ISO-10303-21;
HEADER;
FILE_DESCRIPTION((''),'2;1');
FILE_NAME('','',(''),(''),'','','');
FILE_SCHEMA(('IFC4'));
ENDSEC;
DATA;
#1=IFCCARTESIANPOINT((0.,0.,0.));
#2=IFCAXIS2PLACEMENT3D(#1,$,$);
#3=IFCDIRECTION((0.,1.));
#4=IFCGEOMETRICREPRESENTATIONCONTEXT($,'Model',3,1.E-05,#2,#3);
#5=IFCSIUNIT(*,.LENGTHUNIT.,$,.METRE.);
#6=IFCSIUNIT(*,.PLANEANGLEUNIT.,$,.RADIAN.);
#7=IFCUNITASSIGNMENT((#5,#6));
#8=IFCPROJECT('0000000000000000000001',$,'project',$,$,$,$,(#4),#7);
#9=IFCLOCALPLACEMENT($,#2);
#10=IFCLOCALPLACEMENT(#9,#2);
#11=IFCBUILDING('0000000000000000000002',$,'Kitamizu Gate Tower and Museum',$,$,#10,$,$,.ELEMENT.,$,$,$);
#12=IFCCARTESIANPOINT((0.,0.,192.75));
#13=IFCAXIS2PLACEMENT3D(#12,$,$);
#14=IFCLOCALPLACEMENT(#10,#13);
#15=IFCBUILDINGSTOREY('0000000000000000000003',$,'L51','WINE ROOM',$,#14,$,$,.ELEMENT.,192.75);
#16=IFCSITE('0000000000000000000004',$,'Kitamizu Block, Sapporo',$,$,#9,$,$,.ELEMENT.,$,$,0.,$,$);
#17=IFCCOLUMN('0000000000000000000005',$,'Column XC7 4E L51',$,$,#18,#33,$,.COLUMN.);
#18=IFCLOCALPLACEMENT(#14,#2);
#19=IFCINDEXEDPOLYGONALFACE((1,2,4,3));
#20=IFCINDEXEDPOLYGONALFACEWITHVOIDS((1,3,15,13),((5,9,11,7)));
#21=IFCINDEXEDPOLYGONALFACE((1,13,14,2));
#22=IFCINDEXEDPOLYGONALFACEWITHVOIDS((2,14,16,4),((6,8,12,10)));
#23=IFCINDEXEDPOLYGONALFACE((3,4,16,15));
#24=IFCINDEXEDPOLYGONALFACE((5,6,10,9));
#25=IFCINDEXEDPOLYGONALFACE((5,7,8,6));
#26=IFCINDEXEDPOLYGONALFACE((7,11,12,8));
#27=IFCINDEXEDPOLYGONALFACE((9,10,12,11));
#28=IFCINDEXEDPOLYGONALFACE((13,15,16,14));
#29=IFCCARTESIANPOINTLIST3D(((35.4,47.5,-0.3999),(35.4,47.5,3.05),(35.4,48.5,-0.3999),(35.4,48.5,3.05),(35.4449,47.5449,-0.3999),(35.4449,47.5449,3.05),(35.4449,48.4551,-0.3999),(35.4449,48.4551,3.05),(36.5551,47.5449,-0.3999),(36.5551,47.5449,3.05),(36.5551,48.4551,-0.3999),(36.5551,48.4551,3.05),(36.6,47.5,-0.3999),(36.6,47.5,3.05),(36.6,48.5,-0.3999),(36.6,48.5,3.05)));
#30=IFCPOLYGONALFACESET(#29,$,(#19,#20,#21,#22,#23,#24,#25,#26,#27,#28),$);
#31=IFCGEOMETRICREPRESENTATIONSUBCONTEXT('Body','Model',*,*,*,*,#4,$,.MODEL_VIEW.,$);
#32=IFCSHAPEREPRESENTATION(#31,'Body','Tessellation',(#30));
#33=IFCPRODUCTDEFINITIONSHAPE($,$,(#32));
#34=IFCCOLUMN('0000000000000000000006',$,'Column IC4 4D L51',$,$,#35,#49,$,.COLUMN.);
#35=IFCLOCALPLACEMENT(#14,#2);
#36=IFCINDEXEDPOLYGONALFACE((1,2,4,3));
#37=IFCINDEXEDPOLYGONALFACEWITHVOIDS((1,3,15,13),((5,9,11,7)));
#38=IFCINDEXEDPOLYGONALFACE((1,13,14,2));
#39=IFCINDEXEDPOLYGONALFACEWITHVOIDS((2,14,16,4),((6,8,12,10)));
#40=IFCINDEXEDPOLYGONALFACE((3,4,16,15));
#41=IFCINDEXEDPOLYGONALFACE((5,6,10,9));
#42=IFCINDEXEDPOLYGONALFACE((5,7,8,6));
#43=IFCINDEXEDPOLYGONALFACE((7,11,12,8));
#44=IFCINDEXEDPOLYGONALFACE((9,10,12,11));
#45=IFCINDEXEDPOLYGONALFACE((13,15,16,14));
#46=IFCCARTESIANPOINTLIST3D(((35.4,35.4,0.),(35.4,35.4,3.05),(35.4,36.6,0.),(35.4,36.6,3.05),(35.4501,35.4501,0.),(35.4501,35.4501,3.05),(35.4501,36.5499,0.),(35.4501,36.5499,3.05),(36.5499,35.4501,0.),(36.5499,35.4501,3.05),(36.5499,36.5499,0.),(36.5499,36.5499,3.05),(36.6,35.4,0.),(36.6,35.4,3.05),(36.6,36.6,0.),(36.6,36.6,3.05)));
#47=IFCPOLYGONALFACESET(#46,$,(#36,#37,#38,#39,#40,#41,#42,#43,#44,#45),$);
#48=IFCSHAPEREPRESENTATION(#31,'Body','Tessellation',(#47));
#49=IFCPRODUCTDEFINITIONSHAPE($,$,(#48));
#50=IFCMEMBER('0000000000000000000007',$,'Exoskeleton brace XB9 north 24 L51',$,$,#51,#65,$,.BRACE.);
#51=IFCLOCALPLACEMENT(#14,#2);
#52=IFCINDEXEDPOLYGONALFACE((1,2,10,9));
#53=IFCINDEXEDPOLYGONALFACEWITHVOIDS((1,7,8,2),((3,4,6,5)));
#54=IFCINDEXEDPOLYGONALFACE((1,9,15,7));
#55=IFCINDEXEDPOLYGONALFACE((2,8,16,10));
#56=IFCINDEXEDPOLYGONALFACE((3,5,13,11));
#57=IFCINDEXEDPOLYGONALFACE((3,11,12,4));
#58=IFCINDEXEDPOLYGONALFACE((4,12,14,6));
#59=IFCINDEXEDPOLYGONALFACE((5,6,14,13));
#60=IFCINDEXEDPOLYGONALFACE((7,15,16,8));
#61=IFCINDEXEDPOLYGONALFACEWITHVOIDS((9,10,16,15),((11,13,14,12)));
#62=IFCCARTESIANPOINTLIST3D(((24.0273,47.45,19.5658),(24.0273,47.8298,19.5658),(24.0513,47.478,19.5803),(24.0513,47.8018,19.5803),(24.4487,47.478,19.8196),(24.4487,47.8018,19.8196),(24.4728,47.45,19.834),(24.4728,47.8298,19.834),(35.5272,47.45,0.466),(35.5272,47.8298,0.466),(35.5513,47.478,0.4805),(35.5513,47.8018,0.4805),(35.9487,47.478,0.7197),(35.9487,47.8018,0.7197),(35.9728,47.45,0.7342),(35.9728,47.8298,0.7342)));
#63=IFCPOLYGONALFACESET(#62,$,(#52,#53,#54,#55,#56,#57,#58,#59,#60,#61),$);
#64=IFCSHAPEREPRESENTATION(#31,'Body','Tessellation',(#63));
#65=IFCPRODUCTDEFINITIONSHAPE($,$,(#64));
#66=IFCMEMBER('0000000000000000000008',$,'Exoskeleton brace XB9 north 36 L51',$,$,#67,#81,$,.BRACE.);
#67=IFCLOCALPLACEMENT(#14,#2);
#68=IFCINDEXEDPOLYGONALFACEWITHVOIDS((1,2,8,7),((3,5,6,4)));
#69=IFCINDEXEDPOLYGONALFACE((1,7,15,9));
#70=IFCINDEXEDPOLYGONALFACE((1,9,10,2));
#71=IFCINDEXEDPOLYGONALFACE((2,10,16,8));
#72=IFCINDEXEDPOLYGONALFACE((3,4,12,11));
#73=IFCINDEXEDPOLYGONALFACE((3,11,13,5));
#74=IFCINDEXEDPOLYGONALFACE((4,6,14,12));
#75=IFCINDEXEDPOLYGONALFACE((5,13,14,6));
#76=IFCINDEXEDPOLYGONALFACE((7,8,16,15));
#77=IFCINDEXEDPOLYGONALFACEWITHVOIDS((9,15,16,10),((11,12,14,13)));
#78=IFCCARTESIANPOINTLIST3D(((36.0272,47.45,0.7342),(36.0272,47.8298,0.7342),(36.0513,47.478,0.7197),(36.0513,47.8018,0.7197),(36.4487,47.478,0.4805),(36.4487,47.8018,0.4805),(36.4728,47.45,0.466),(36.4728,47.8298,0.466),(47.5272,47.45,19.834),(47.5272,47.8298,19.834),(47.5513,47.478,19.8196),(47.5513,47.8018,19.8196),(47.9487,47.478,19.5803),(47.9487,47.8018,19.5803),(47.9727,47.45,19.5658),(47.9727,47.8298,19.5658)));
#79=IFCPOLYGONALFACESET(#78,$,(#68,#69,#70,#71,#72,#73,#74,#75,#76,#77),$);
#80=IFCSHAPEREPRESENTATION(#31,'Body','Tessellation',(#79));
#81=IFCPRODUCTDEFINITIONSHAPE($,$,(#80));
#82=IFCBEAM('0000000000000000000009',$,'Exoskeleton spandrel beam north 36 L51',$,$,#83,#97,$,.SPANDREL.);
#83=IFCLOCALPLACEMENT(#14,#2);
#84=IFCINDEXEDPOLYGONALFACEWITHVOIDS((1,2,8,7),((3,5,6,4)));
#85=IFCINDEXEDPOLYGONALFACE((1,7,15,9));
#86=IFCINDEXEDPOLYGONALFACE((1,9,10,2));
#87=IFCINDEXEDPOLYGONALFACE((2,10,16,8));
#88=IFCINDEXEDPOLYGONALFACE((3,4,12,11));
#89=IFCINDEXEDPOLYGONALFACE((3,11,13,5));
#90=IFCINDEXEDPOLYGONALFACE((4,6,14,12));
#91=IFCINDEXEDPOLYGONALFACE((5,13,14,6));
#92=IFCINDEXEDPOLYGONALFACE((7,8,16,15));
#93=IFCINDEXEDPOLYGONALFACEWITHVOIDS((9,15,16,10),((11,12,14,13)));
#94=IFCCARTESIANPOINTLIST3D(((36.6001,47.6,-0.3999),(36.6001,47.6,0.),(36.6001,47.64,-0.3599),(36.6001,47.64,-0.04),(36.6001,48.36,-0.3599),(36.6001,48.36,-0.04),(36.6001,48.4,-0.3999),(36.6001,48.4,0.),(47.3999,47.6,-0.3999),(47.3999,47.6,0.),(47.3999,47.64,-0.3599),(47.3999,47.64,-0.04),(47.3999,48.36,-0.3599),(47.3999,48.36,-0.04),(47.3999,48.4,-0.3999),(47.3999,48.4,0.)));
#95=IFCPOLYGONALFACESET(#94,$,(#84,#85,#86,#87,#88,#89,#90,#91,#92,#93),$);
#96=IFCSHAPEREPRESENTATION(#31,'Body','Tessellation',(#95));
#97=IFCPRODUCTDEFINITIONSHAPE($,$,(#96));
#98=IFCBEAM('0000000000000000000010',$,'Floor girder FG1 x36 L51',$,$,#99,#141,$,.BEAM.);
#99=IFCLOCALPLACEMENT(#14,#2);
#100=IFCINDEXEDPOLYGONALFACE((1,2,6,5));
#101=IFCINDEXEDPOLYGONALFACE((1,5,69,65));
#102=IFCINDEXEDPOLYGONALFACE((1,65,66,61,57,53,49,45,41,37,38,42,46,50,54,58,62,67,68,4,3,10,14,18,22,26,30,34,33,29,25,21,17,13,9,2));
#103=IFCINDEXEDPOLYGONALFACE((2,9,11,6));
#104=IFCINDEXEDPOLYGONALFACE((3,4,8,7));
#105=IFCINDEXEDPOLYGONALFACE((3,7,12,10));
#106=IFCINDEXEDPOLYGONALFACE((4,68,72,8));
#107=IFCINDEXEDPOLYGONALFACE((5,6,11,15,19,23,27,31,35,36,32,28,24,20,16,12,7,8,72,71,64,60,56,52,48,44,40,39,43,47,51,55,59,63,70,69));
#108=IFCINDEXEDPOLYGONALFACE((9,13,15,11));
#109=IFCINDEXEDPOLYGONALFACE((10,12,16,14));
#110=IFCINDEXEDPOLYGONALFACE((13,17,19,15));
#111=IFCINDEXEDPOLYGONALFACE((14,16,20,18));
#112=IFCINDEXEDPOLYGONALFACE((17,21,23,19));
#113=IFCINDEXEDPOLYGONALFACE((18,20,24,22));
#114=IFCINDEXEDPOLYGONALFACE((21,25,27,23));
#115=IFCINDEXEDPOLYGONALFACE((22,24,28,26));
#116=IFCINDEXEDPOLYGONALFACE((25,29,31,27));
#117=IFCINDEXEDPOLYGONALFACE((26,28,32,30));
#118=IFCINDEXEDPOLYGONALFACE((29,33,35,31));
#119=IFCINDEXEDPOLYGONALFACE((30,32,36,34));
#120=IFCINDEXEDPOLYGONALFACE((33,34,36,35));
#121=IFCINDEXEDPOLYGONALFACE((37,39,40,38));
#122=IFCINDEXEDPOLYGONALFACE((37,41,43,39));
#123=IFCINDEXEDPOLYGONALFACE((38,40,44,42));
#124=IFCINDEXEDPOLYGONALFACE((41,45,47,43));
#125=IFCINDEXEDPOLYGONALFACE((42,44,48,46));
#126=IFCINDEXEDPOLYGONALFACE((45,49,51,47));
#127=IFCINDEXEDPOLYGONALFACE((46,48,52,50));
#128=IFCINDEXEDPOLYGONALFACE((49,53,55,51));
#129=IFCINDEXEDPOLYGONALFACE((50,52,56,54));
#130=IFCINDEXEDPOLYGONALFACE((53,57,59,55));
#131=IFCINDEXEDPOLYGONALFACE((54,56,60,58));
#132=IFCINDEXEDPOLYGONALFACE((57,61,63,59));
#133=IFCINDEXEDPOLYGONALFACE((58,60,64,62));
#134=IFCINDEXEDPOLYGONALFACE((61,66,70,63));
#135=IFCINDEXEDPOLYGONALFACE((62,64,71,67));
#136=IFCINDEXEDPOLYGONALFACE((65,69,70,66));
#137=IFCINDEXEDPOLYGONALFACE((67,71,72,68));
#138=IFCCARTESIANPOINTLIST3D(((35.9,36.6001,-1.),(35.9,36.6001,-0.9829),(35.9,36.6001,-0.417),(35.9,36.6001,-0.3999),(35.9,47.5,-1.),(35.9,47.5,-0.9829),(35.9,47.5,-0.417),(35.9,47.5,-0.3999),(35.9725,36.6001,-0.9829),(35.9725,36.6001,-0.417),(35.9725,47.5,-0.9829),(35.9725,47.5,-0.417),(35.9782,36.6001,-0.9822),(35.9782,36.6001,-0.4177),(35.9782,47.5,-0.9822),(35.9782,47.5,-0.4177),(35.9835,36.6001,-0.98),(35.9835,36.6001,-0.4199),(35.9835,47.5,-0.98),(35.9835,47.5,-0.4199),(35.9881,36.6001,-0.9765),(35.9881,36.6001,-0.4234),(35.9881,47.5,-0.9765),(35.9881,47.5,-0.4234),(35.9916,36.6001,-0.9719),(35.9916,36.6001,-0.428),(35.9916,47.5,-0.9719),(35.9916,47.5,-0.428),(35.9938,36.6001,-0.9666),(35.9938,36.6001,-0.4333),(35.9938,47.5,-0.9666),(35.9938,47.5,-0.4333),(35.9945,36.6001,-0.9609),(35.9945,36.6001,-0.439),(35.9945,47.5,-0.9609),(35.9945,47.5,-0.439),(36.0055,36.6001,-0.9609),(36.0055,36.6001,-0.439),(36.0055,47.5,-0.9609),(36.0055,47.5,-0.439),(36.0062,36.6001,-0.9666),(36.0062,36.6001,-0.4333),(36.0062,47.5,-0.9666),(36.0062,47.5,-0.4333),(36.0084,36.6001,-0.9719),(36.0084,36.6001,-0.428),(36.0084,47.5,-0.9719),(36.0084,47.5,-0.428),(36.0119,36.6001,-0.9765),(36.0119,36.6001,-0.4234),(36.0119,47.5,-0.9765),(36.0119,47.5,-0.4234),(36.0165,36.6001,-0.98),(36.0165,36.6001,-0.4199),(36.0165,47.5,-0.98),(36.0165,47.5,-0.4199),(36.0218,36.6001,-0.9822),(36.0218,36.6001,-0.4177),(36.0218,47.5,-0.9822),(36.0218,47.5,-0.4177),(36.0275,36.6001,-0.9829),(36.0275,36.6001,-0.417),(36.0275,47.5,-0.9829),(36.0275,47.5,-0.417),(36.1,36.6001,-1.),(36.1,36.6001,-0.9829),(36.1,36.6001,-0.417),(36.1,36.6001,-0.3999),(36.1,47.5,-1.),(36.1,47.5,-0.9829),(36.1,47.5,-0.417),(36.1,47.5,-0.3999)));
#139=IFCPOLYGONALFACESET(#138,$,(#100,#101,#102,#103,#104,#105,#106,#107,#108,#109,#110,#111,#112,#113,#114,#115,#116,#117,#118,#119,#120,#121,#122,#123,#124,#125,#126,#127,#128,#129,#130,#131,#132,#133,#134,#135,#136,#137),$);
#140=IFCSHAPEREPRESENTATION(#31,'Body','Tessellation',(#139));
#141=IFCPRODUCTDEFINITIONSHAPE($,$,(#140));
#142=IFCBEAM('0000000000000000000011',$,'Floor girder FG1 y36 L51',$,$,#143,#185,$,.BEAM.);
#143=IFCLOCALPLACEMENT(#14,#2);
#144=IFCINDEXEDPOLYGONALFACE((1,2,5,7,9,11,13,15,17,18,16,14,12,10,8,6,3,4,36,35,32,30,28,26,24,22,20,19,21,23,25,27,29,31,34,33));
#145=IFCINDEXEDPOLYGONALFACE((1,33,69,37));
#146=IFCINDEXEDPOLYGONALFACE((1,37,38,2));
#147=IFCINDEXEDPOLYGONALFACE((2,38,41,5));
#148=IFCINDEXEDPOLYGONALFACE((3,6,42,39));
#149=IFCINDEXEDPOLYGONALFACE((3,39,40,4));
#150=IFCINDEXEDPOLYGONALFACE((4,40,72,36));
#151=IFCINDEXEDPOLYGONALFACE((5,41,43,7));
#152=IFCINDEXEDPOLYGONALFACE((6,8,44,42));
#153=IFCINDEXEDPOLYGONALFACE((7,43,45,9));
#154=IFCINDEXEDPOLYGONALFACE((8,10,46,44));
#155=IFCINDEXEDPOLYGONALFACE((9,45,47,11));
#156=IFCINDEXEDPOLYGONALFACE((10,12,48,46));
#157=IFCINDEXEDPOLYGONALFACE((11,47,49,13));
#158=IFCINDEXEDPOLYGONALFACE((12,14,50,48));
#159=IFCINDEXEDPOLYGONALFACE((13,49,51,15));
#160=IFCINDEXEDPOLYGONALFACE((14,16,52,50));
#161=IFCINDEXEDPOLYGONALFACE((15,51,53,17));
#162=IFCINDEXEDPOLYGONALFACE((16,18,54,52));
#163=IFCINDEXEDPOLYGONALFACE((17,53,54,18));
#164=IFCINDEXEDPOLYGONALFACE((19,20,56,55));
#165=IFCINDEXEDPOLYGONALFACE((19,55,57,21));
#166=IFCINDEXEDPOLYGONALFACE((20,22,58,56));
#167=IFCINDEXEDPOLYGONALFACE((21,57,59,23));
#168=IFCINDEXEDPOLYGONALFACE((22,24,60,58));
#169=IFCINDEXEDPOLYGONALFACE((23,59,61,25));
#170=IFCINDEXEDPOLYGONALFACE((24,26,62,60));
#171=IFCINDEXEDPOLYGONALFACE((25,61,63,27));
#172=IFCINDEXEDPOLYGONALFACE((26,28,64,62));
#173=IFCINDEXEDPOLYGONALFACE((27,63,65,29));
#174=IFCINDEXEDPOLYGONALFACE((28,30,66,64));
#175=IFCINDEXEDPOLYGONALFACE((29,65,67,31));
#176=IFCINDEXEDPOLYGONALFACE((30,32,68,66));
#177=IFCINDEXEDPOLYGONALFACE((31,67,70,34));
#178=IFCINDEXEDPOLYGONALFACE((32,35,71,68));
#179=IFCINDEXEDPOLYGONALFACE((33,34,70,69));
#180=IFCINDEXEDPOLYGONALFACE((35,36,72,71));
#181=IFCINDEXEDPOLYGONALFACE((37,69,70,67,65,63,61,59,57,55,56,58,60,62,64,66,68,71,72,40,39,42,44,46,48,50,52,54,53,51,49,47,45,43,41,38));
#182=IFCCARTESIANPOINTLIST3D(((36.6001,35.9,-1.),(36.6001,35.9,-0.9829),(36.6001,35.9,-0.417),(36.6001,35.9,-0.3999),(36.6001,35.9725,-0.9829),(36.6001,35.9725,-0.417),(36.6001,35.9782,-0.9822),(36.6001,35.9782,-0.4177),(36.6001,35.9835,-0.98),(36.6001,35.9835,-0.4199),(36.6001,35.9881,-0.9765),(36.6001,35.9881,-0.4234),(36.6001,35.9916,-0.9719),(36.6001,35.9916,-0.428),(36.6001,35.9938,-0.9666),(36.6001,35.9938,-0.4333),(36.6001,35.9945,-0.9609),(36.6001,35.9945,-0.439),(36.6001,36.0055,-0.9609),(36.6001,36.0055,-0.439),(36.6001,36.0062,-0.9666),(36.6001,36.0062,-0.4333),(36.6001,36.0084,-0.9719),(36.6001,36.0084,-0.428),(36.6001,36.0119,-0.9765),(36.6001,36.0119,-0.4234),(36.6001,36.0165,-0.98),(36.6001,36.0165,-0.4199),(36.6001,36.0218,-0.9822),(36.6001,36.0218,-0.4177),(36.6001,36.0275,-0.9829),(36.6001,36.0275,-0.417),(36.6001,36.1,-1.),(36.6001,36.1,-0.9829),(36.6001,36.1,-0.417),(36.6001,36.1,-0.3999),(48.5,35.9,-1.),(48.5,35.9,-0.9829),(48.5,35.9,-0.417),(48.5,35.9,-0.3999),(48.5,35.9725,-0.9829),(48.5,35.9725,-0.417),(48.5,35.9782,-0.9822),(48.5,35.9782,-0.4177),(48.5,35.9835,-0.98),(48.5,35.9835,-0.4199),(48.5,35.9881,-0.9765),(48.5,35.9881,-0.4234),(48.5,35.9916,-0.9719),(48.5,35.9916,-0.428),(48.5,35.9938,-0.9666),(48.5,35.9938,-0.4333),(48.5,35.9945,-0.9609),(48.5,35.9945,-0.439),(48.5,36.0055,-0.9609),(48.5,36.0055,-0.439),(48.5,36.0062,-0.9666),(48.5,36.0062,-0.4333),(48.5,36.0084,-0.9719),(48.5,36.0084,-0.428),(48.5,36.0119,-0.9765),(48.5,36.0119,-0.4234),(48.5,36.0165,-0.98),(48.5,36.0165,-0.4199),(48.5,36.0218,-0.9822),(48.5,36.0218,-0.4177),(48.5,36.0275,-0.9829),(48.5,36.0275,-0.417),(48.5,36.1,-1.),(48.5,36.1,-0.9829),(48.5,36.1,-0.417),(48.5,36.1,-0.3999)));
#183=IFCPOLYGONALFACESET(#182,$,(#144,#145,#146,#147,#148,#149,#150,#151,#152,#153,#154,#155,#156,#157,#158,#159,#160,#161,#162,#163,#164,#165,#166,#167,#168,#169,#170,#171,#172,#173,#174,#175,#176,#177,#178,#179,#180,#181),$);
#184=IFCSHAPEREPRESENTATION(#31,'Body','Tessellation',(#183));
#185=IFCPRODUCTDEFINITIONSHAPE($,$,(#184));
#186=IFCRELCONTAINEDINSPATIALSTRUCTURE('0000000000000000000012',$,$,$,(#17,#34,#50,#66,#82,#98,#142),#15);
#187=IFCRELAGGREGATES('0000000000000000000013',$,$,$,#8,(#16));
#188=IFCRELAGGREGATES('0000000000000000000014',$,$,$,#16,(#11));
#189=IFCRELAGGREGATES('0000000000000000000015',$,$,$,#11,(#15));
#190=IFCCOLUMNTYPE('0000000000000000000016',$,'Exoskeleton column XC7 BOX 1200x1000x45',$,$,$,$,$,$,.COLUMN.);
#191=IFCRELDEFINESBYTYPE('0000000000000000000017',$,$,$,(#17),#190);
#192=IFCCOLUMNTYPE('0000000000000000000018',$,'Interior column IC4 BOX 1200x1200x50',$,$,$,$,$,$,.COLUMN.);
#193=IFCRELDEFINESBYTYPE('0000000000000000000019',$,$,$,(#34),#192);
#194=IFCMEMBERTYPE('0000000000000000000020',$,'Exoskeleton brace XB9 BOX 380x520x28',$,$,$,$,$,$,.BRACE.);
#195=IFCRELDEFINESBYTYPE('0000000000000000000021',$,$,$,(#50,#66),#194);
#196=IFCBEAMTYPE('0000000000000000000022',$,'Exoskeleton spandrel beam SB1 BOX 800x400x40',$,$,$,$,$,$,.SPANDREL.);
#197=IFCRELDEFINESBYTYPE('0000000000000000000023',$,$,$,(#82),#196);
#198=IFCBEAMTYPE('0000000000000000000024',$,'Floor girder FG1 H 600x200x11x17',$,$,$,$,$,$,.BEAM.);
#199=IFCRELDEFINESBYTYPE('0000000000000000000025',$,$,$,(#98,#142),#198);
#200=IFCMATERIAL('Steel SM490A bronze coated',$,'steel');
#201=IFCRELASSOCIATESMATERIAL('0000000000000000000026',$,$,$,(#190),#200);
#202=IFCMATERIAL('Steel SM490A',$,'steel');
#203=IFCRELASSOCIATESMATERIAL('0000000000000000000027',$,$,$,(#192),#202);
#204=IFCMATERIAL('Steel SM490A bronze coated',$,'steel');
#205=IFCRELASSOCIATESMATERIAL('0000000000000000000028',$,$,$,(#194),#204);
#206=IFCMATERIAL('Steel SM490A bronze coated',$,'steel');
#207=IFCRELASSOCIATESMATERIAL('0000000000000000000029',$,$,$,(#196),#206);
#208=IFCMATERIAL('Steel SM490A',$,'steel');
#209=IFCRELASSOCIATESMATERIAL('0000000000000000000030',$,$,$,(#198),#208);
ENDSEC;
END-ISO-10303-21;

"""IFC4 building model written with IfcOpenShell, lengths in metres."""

from ifc_helpers import new_model, si_unit, direction, frame, origin, origin_2d, place, context, subcontext, project, spatial, hollow_rectangle, i_section, extrude, material, material_profile, profile_set, type_object, element, save


model = new_model("IFC4")

# Units and contexts
model_context = context("Model", 3, precision=1e-05, world=origin(), true_north=direction((0.0, 1.0)))
body_context = subcontext(model_context, "Body", "Model", "MODEL_VIEW")
ifc_project = project(units=[si_unit("LENGTHUNIT", "METRE"), si_unit("PLANEANGLEUNIT", "RADIAN")], contexts=[model_context])

# Site, building, storey
site_placement = place(None, origin())
site = spatial("IfcSite", under=ifc_project, at=site_placement, Name="Kitamizu Block, Sapporo", CompositionType="ELEMENT", RefElevation=0.0)
building_placement = place(site_placement, origin())
building = spatial("IfcBuilding", under=site, at=building_placement, Name="Kitamizu Gate Tower and Museum", CompositionType="ELEMENT")
storey_placement = place(building_placement, frame((0.0, 0.0, 192.75)))
storey = spatial("IfcBuildingStorey", under=building, at=storey_placement, Name="L51", Description="WINE ROOM", CompositionType="ELEMENT", Elevation=192.75)

# Columns
ifc_material_1 = material(Name="Steel SM490A bronze coated", Category="steel")
ifc_material_profile_1 = material_profile(ifc_material_1, hollow_rectangle(XDim=1.2, YDim=1.0, WallThickness=0.0449, at=origin_2d()), Name="BOX 1200x1000x45")
ifc_profile_set_1 = profile_set([ifc_material_profile_1], Name="Steel SM490A bronze coated")
column_type_1 = type_object("IfcColumnType", Name="Exoskeleton column XC7 BOX 1200x1000x45", PredefinedType="COLUMN", material=ifc_profile_set_1)
column_1_placement = place(storey_placement, frame((36.0, 48.0, -0.3999), z_axis=(0.0, 0.0, 1.0), x_axis=(1.0, 0.0, 0.0)))
element("IfcColumn", 1, at=column_1_placement, inside=storey, type_object=column_type_1, Name="Column XC7 4E L51", PredefinedType="COLUMN", context=body_context, shape_type="SweptSolid", body=[
    extrude(hollow_rectangle(XDim=1.2, YDim=1.0, WallThickness=0.0449, at=origin_2d()), origin(), (0.0, 0.0, 1.0), 3.45),
])
ifc_material_2 = material(Name="Steel SM490A", Category="steel")
ifc_material_profile_2 = material_profile(ifc_material_2, hollow_rectangle(XDim=1.2, YDim=1.2, WallThickness=0.05, at=origin_2d()), Name="BOX 1200x1200x50")
ifc_profile_set_2 = profile_set([ifc_material_profile_2], Name="Steel SM490A")
column_type_2 = type_object("IfcColumnType", Name="Interior column IC4 BOX 1200x1200x50", PredefinedType="COLUMN", material=ifc_profile_set_2)
column_2_placement = place(storey_placement, frame((36.0, 36.0, 0.0), z_axis=(0.0, 0.0, 1.0), x_axis=(1.0, 0.0, 0.0)))
element("IfcColumn", 2, at=column_2_placement, inside=storey, type_object=column_type_2, Name="Column IC4 4D L51", PredefinedType="COLUMN", context=body_context, shape_type="SweptSolid", body=[
    extrude(hollow_rectangle(XDim=1.2, YDim=1.2, WallThickness=0.05, at=origin_2d()), origin(), (0.0, 0.0, 1.0), 3.05),
])

# Members
ifc_material_3 = material(Name="Steel SM490A bronze coated", Category="steel")
ifc_material_profile_3 = material_profile(ifc_material_3, hollow_rectangle(XDim=0.3799, YDim=0.52, WallThickness=0.0281, at=origin_2d()), Name="BOX 380x520x28")
ifc_profile_set_3 = profile_set([ifc_material_profile_3], Name="Steel SM490A bronze coated")
member_type = type_object("IfcMemberType", Name="Exoskeleton brace XB9 BOX 380x520x28", PredefinedType="BRACE", material=ifc_profile_set_3)
for number, where, z_axis, x_axis, name in (
    (3, (35.75, 47.6399, 0.6001), (-0.515817, 0.0, 0.856699), (0.0, -1.0, 0.0), "Exoskeleton brace XB9 north 24 L51"),
    (4, (36.25, 47.6399, 0.6001), (0.515817, 0.0, 0.856699), (0.0, 1.0, 0.0), "Exoskeleton brace XB9 north 36 L51"),
):
    element("IfcMember", number, at=place(storey_placement, frame(where, z_axis=z_axis, x_axis=x_axis)), inside=storey, type_object=member_type, Name=name, PredefinedType="BRACE", context=body_context, shape_type="SweptSolid", body=[
        extrude(hollow_rectangle(XDim=0.3799, YDim=0.52, WallThickness=0.0281, at=origin_2d()), origin(), (0.0, 0.0, 1.0), 22.2947),
    ])

# Beams
ifc_material_4 = material(Name="Steel SM490A bronze coated", Category="steel")
ifc_material_profile_4 = material_profile(ifc_material_4, hollow_rectangle(XDim=0.8, YDim=0.3999, WallThickness=0.04, at=origin_2d()), Name="BOX 800x400x40")
ifc_profile_set_4 = profile_set([ifc_material_profile_4], Name="Steel SM490A bronze coated")
beam_type_1 = type_object("IfcBeamType", Name="Exoskeleton spandrel beam SB1 BOX 800x400x40", PredefinedType="SPANDREL", material=ifc_profile_set_4)
beam_1_placement = place(storey_placement, frame((36.6001, 48.0, -0.2), z_axis=(1.0, 0.0, 0.0), x_axis=(0.0, 1.0, 0.0)))
element("IfcBeam", 5, at=beam_1_placement, inside=storey, type_object=beam_type_1, Name="Exoskeleton spandrel beam north 36 L51", PredefinedType="SPANDREL", context=body_context, shape_type="SweptSolid", body=[
    extrude(hollow_rectangle(XDim=0.8, YDim=0.3999, WallThickness=0.04, at=origin_2d()), origin(), (0.0, 0.0, 1.0), 10.7998),
])
ifc_material_5 = material(Name="Steel SM490A", Category="steel")
ifc_material_profile_5 = material_profile(ifc_material_5, i_section(OverallWidth=0.2, OverallDepth=0.6001, WebThickness=0.011, FlangeThickness=0.0171, FilletRadius=0.022, at=origin_2d()), Name="H-600x200x11x17")
ifc_profile_set_5 = profile_set([ifc_material_profile_5], Name="Steel SM490A")
beam_type_2 = type_object("IfcBeamType", Name="Floor girder FG1 H 600x200x11x17", PredefinedType="BEAM", material=ifc_profile_set_5)
beam_2_placement = place(storey_placement, frame((36.0, 36.6001, -0.7), z_axis=(0.0, 1.0, 0.0), x_axis=(-1.0, 0.0, 0.0)))
element("IfcBeam", 6, at=beam_2_placement, inside=storey, type_object=beam_type_2, Name="Floor girder FG1 x36 L51", PredefinedType="BEAM", context=body_context, shape_type="SweptSolid", body=[
    extrude(i_section(OverallWidth=0.2, OverallDepth=0.6001, WebThickness=0.011, FlangeThickness=0.0171, FilletRadius=0.022, at=origin_2d()), origin(), (0.0, 0.0, 1.0), 10.8999),
])
beam_3_placement = place(storey_placement, frame((36.6001, 36.0, -0.7), z_axis=(1.0, 0.0, 0.0), x_axis=(0.0, 1.0, 0.0)))
element("IfcBeam", 7, at=beam_3_placement, inside=storey, type_object=beam_type_2, Name="Floor girder FG1 y36 L51", PredefinedType="BEAM", context=body_context, shape_type="SweptSolid", body=[
    extrude(i_section(OverallWidth=0.2, OverallDepth=0.6001, WebThickness=0.011, FlangeThickness=0.0171, FilletRadius=0.022, at=origin_2d()), origin(), (0.0, 0.0, 1.0), 11.8999),
])

save(model, "model.ifc")
